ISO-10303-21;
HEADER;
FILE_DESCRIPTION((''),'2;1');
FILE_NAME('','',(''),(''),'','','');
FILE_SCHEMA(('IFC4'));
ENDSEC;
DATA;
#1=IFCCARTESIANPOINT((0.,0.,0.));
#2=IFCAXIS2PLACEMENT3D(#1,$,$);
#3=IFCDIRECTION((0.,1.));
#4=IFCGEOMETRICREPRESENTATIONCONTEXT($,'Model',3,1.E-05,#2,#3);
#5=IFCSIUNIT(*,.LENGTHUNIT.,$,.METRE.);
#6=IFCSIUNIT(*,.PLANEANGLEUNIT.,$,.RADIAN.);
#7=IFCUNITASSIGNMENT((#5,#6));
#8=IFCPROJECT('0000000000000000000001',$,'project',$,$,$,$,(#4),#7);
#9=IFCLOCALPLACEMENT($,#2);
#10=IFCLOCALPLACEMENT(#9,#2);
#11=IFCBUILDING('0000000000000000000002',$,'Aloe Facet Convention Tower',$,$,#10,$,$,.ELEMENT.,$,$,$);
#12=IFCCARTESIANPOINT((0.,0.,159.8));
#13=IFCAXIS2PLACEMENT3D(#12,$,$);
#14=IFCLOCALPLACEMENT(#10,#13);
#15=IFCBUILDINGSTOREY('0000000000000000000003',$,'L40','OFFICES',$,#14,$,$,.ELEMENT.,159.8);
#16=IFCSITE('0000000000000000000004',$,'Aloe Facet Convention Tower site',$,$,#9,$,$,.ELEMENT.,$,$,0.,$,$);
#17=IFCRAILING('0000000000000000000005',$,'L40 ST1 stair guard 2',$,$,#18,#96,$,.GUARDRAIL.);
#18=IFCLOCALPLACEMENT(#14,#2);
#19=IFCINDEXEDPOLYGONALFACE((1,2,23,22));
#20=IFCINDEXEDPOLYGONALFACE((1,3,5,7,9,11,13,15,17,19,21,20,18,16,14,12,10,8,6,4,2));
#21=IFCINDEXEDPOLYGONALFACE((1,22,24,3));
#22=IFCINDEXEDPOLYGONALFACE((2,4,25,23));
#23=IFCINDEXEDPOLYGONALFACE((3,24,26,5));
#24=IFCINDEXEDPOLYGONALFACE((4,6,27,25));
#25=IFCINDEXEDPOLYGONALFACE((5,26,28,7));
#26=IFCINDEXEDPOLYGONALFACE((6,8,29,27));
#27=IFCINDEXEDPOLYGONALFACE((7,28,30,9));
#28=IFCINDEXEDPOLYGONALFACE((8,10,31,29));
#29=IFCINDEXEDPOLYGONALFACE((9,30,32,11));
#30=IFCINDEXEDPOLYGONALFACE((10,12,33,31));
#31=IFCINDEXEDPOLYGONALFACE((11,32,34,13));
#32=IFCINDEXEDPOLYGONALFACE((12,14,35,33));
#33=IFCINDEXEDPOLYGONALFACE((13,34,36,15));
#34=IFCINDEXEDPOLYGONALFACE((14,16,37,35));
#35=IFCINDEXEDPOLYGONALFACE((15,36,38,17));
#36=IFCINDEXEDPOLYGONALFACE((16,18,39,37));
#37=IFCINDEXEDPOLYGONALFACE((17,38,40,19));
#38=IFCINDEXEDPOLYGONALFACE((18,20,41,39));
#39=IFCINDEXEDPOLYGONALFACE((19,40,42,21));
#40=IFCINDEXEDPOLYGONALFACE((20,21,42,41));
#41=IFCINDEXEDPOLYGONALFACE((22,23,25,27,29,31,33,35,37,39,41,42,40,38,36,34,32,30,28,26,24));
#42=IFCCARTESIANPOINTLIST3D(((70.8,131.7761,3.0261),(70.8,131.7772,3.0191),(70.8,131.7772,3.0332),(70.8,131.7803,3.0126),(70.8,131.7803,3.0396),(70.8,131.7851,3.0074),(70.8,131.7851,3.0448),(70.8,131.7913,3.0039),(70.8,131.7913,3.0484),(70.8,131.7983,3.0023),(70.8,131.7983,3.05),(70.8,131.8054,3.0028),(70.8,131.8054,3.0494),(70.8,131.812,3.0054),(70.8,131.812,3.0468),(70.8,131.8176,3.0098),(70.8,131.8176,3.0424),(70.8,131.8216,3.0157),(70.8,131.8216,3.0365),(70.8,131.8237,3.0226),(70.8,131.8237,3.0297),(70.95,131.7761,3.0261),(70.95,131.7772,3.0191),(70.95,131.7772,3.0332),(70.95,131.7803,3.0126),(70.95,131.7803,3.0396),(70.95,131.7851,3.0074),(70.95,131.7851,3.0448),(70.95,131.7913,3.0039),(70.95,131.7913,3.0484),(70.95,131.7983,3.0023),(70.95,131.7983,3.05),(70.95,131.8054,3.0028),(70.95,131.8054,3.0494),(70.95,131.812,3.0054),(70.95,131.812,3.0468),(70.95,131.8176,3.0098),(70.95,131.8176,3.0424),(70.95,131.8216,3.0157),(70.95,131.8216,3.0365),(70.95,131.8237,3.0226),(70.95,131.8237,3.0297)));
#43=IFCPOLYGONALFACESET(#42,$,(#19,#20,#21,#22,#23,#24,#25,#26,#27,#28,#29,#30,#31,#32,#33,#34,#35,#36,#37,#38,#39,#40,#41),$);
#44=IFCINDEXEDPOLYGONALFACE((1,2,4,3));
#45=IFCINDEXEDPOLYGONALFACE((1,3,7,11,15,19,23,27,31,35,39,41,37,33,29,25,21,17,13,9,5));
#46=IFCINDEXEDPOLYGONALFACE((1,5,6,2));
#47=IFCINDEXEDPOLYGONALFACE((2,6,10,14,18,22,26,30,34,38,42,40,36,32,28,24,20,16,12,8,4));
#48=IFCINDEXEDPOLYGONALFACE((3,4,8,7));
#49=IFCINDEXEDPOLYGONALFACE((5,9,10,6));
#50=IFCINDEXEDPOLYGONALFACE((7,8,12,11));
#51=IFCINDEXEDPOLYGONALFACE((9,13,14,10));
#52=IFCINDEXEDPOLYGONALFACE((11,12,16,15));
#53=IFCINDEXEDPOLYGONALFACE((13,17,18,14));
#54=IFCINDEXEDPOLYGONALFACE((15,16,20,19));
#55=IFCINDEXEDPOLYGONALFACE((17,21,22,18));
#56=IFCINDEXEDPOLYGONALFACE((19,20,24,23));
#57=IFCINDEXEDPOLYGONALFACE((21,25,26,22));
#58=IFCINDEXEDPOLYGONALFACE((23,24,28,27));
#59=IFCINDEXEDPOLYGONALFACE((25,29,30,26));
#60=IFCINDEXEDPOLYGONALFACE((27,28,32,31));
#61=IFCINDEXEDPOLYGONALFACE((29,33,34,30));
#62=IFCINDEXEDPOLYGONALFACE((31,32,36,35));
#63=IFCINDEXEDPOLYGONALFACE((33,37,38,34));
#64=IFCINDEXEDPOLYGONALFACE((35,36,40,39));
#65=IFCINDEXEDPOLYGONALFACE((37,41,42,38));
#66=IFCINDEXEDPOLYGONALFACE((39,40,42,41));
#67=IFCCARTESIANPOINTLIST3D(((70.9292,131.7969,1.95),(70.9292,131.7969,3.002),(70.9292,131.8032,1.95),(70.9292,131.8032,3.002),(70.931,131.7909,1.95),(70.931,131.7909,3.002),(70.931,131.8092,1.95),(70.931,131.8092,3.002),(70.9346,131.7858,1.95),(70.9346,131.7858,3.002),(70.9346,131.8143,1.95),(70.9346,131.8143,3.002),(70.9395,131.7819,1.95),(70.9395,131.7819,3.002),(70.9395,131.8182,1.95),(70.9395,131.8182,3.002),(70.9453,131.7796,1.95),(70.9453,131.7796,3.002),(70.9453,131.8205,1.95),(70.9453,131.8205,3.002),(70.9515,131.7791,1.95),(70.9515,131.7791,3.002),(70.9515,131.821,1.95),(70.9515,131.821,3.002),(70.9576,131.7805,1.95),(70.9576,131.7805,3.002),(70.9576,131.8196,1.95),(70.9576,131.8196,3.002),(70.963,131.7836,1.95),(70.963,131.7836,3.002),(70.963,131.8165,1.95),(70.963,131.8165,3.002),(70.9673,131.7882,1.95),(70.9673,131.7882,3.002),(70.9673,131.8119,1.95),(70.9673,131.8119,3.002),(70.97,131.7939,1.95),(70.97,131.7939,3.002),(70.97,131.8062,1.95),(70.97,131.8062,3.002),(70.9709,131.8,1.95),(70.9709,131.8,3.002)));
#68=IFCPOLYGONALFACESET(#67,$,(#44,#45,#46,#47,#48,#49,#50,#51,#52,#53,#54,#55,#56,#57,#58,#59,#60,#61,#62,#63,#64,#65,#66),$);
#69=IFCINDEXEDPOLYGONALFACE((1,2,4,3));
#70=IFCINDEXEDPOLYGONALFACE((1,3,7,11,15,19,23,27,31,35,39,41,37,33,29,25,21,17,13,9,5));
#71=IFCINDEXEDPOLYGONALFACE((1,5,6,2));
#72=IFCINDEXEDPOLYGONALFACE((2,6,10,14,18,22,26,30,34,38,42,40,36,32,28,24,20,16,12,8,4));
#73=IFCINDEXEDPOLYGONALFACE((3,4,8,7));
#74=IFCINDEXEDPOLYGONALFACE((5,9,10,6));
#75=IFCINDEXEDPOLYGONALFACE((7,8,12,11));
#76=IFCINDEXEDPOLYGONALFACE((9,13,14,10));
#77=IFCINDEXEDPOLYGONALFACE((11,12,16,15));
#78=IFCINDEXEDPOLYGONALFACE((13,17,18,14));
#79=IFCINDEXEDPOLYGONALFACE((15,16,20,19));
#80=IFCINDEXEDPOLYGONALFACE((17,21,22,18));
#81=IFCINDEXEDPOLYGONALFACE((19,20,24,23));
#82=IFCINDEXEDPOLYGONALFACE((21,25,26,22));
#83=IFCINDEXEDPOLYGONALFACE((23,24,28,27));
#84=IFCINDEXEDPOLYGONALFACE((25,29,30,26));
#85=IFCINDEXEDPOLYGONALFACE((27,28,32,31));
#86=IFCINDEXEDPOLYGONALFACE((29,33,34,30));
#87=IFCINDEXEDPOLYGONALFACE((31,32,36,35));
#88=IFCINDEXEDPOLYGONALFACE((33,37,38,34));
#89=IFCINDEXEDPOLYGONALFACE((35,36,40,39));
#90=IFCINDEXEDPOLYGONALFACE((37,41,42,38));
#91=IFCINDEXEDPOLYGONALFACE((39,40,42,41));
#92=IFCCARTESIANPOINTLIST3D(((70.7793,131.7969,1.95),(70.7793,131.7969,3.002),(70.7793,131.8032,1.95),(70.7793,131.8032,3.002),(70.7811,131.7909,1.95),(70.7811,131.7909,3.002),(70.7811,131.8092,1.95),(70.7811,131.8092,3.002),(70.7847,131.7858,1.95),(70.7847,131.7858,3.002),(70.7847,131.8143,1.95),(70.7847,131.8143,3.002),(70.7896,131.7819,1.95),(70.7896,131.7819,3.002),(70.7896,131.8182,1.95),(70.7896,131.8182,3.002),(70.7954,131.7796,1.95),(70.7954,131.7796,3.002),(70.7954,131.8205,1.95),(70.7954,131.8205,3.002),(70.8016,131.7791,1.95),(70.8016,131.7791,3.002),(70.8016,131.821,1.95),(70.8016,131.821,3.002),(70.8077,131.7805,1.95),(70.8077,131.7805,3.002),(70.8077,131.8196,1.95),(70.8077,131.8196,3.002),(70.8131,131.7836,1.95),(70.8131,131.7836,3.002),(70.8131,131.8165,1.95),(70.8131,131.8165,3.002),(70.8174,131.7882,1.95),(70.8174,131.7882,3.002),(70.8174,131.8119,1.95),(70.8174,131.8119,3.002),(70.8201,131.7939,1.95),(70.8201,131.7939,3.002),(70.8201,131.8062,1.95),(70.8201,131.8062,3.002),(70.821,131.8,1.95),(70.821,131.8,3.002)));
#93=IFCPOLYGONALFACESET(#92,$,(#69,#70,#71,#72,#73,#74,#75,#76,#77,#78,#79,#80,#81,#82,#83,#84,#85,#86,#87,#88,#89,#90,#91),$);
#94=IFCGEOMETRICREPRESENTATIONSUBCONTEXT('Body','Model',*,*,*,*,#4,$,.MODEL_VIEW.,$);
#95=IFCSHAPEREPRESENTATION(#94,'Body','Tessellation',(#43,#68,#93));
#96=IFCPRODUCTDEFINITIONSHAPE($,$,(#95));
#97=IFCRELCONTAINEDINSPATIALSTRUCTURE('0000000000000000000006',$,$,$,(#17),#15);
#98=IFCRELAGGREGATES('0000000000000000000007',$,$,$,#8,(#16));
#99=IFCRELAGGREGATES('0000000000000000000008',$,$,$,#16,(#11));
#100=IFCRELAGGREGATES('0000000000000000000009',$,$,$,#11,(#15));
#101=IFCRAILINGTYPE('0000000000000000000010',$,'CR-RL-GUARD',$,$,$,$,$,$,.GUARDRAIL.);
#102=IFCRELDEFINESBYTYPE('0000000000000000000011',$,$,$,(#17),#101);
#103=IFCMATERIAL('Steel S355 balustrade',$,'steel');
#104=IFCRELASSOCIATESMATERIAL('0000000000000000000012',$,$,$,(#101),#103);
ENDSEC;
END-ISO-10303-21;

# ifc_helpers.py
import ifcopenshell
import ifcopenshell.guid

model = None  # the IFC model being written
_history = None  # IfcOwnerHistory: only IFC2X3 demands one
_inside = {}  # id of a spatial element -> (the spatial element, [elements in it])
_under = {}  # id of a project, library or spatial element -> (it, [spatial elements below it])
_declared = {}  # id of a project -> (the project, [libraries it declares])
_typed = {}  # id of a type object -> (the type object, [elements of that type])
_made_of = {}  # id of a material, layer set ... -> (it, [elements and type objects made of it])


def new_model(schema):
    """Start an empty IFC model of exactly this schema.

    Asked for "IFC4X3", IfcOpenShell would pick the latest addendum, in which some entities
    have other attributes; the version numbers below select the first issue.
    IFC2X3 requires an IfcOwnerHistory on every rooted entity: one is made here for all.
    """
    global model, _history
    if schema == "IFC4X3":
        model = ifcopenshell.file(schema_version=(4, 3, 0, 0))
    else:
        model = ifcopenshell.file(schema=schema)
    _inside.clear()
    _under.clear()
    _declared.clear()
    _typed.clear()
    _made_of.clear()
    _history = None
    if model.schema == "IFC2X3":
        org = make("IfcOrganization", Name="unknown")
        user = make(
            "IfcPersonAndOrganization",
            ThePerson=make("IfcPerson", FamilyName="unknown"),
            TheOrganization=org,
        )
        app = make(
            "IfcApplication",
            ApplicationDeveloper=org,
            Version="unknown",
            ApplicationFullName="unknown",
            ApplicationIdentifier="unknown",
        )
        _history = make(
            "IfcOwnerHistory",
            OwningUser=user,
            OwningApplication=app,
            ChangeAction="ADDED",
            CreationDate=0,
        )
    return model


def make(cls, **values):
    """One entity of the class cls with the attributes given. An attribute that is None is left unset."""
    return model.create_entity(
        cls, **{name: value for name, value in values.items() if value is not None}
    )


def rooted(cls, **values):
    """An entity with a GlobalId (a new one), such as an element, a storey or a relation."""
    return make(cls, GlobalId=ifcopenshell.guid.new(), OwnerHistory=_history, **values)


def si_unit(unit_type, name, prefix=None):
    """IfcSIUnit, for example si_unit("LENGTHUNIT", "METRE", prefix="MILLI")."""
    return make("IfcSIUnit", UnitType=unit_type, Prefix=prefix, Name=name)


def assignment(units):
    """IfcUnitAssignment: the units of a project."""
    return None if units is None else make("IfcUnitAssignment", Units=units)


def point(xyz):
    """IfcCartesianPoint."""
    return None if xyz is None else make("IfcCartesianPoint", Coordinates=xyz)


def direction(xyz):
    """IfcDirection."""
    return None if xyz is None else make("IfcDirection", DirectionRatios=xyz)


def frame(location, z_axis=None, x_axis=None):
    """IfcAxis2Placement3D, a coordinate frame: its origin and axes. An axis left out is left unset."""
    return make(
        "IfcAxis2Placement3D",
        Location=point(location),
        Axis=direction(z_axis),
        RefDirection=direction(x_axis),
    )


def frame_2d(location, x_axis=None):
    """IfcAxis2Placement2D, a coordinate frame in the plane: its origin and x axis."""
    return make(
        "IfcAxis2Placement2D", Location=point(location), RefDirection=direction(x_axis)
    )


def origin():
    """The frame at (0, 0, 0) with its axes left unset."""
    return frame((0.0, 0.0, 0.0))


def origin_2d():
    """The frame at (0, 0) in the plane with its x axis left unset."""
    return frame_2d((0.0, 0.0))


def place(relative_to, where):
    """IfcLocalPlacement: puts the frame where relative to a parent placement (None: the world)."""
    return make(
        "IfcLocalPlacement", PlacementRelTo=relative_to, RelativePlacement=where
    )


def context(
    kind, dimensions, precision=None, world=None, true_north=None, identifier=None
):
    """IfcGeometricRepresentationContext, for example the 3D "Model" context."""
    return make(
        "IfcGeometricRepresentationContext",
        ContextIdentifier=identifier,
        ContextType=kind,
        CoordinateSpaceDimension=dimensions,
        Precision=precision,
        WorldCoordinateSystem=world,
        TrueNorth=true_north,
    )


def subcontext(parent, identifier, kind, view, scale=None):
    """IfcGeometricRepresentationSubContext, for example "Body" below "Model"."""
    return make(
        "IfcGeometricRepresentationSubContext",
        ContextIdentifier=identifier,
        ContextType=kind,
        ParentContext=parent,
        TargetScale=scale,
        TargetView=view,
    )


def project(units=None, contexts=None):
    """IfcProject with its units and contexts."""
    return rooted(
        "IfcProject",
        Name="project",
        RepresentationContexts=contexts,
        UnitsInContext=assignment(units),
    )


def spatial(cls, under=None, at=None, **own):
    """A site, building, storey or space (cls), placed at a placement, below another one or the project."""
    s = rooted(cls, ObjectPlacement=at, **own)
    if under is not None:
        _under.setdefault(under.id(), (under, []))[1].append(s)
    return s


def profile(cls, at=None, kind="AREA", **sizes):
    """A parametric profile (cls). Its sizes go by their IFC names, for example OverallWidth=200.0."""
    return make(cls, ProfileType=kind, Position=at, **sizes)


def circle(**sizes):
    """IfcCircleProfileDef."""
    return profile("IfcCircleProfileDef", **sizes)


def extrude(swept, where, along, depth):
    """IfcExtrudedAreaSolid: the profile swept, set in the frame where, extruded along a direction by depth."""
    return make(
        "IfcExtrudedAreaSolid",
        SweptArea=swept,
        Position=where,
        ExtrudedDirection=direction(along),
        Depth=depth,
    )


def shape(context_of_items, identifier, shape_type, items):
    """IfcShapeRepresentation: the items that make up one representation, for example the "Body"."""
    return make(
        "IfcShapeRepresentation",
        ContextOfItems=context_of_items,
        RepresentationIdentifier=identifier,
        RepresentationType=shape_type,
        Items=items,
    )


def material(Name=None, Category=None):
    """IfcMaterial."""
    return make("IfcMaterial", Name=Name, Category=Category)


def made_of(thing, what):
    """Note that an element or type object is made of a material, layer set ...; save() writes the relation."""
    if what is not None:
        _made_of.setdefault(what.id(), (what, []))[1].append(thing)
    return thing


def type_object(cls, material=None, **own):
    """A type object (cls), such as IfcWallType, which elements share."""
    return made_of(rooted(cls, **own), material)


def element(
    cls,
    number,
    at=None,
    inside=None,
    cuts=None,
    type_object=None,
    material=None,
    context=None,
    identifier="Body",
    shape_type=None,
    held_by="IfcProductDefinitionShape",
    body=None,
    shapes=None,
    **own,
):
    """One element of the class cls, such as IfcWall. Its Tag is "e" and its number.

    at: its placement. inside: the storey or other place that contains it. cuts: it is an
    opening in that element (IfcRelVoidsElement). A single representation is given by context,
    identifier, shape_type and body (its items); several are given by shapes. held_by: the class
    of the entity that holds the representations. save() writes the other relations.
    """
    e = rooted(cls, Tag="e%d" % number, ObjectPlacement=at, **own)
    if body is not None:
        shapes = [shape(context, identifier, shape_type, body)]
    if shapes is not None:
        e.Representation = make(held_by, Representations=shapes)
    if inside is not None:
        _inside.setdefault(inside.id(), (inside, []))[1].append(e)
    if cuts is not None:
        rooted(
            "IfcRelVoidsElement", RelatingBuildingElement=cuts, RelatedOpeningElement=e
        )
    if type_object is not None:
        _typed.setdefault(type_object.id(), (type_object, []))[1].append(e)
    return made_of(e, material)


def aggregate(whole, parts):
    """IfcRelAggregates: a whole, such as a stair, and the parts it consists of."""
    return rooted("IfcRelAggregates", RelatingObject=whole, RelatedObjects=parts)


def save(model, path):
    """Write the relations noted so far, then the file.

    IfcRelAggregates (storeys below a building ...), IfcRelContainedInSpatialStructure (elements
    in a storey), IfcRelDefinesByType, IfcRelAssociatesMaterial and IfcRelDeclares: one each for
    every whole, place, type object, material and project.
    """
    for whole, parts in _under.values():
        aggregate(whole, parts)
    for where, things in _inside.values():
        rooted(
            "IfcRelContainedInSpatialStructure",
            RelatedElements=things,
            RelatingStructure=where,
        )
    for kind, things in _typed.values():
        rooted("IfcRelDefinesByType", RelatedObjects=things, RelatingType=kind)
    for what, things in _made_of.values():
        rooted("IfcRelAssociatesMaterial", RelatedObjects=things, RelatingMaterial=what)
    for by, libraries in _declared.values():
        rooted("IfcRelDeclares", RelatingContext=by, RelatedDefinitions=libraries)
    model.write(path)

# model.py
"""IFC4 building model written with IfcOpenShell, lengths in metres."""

from ifc_helpers import new_model, si_unit, direction, frame, origin, origin_2d, place, context, subcontext, project, spatial, circle, extrude, material, type_object, element, save


model = new_model("IFC4")

# Units and contexts
model_context = context("Model", 3, precision=1e-05, world=origin(), true_north=direction((0.0, 1.0)))
body_context = subcontext(model_context, "Body", "Model", "MODEL_VIEW")
ifc_project = project(units=[si_unit("LENGTHUNIT", "METRE"), si_unit("PLANEANGLEUNIT", "RADIAN")], contexts=[model_context])

# Site, building, storey
site_placement = place(None, origin())
site = spatial("IfcSite", under=ifc_project, at=site_placement, Name="Aloe Facet Convention Tower site", CompositionType="ELEMENT", RefElevation=0.0)
building_placement = place(site_placement, origin())
building = spatial("IfcBuilding", under=site, at=building_placement, Name="Aloe Facet Convention Tower", CompositionType="ELEMENT")
storey_placement = place(building_placement, frame((0.0, 0.0, 159.8)))
storey = spatial("IfcBuildingStorey", under=building, at=storey_placement, Name="L40", Description="OFFICES", CompositionType="ELEMENT", Elevation=159.8)

# Railing
ifc_material_1 = material(Name="Steel S355 balustrade", Category="steel")
railing_type_1 = type_object("IfcRailingType", Name="CR-RL-GUARD", PredefinedType="GUARDRAIL", material=ifc_material_1)
railing_1_placement = place(storey_placement, frame((70.95, 131.8, 1.95)))
element("IfcRailing", 1, at=railing_1_placement, inside=storey, type_object=railing_type_1, Name="L40 ST1 stair guard 2", PredefinedType="GUARDRAIL", context=body_context, shape_type="SweptSolid", body=[
    extrude(circle(Radius=0.0239, at=origin_2d()), frame((0.0, 0.0, 1.0762), z_axis=(-1.0, 0.0, 0.0), x_axis=(0.0, -1.0, 0.0)), (0.0, 0.0, 1.0), 0.1499),
    extrude(circle(Radius=0.021, at=origin_2d()), origin(), (0.0, 0.0, 1.0), 1.052),
    extrude(circle(Radius=0.021, at=origin_2d()), frame((-0.1499, 0.0, 0.0)), (0.0, 0.0, 1.0), 1.052),
])

save(model, "model.ifc")
